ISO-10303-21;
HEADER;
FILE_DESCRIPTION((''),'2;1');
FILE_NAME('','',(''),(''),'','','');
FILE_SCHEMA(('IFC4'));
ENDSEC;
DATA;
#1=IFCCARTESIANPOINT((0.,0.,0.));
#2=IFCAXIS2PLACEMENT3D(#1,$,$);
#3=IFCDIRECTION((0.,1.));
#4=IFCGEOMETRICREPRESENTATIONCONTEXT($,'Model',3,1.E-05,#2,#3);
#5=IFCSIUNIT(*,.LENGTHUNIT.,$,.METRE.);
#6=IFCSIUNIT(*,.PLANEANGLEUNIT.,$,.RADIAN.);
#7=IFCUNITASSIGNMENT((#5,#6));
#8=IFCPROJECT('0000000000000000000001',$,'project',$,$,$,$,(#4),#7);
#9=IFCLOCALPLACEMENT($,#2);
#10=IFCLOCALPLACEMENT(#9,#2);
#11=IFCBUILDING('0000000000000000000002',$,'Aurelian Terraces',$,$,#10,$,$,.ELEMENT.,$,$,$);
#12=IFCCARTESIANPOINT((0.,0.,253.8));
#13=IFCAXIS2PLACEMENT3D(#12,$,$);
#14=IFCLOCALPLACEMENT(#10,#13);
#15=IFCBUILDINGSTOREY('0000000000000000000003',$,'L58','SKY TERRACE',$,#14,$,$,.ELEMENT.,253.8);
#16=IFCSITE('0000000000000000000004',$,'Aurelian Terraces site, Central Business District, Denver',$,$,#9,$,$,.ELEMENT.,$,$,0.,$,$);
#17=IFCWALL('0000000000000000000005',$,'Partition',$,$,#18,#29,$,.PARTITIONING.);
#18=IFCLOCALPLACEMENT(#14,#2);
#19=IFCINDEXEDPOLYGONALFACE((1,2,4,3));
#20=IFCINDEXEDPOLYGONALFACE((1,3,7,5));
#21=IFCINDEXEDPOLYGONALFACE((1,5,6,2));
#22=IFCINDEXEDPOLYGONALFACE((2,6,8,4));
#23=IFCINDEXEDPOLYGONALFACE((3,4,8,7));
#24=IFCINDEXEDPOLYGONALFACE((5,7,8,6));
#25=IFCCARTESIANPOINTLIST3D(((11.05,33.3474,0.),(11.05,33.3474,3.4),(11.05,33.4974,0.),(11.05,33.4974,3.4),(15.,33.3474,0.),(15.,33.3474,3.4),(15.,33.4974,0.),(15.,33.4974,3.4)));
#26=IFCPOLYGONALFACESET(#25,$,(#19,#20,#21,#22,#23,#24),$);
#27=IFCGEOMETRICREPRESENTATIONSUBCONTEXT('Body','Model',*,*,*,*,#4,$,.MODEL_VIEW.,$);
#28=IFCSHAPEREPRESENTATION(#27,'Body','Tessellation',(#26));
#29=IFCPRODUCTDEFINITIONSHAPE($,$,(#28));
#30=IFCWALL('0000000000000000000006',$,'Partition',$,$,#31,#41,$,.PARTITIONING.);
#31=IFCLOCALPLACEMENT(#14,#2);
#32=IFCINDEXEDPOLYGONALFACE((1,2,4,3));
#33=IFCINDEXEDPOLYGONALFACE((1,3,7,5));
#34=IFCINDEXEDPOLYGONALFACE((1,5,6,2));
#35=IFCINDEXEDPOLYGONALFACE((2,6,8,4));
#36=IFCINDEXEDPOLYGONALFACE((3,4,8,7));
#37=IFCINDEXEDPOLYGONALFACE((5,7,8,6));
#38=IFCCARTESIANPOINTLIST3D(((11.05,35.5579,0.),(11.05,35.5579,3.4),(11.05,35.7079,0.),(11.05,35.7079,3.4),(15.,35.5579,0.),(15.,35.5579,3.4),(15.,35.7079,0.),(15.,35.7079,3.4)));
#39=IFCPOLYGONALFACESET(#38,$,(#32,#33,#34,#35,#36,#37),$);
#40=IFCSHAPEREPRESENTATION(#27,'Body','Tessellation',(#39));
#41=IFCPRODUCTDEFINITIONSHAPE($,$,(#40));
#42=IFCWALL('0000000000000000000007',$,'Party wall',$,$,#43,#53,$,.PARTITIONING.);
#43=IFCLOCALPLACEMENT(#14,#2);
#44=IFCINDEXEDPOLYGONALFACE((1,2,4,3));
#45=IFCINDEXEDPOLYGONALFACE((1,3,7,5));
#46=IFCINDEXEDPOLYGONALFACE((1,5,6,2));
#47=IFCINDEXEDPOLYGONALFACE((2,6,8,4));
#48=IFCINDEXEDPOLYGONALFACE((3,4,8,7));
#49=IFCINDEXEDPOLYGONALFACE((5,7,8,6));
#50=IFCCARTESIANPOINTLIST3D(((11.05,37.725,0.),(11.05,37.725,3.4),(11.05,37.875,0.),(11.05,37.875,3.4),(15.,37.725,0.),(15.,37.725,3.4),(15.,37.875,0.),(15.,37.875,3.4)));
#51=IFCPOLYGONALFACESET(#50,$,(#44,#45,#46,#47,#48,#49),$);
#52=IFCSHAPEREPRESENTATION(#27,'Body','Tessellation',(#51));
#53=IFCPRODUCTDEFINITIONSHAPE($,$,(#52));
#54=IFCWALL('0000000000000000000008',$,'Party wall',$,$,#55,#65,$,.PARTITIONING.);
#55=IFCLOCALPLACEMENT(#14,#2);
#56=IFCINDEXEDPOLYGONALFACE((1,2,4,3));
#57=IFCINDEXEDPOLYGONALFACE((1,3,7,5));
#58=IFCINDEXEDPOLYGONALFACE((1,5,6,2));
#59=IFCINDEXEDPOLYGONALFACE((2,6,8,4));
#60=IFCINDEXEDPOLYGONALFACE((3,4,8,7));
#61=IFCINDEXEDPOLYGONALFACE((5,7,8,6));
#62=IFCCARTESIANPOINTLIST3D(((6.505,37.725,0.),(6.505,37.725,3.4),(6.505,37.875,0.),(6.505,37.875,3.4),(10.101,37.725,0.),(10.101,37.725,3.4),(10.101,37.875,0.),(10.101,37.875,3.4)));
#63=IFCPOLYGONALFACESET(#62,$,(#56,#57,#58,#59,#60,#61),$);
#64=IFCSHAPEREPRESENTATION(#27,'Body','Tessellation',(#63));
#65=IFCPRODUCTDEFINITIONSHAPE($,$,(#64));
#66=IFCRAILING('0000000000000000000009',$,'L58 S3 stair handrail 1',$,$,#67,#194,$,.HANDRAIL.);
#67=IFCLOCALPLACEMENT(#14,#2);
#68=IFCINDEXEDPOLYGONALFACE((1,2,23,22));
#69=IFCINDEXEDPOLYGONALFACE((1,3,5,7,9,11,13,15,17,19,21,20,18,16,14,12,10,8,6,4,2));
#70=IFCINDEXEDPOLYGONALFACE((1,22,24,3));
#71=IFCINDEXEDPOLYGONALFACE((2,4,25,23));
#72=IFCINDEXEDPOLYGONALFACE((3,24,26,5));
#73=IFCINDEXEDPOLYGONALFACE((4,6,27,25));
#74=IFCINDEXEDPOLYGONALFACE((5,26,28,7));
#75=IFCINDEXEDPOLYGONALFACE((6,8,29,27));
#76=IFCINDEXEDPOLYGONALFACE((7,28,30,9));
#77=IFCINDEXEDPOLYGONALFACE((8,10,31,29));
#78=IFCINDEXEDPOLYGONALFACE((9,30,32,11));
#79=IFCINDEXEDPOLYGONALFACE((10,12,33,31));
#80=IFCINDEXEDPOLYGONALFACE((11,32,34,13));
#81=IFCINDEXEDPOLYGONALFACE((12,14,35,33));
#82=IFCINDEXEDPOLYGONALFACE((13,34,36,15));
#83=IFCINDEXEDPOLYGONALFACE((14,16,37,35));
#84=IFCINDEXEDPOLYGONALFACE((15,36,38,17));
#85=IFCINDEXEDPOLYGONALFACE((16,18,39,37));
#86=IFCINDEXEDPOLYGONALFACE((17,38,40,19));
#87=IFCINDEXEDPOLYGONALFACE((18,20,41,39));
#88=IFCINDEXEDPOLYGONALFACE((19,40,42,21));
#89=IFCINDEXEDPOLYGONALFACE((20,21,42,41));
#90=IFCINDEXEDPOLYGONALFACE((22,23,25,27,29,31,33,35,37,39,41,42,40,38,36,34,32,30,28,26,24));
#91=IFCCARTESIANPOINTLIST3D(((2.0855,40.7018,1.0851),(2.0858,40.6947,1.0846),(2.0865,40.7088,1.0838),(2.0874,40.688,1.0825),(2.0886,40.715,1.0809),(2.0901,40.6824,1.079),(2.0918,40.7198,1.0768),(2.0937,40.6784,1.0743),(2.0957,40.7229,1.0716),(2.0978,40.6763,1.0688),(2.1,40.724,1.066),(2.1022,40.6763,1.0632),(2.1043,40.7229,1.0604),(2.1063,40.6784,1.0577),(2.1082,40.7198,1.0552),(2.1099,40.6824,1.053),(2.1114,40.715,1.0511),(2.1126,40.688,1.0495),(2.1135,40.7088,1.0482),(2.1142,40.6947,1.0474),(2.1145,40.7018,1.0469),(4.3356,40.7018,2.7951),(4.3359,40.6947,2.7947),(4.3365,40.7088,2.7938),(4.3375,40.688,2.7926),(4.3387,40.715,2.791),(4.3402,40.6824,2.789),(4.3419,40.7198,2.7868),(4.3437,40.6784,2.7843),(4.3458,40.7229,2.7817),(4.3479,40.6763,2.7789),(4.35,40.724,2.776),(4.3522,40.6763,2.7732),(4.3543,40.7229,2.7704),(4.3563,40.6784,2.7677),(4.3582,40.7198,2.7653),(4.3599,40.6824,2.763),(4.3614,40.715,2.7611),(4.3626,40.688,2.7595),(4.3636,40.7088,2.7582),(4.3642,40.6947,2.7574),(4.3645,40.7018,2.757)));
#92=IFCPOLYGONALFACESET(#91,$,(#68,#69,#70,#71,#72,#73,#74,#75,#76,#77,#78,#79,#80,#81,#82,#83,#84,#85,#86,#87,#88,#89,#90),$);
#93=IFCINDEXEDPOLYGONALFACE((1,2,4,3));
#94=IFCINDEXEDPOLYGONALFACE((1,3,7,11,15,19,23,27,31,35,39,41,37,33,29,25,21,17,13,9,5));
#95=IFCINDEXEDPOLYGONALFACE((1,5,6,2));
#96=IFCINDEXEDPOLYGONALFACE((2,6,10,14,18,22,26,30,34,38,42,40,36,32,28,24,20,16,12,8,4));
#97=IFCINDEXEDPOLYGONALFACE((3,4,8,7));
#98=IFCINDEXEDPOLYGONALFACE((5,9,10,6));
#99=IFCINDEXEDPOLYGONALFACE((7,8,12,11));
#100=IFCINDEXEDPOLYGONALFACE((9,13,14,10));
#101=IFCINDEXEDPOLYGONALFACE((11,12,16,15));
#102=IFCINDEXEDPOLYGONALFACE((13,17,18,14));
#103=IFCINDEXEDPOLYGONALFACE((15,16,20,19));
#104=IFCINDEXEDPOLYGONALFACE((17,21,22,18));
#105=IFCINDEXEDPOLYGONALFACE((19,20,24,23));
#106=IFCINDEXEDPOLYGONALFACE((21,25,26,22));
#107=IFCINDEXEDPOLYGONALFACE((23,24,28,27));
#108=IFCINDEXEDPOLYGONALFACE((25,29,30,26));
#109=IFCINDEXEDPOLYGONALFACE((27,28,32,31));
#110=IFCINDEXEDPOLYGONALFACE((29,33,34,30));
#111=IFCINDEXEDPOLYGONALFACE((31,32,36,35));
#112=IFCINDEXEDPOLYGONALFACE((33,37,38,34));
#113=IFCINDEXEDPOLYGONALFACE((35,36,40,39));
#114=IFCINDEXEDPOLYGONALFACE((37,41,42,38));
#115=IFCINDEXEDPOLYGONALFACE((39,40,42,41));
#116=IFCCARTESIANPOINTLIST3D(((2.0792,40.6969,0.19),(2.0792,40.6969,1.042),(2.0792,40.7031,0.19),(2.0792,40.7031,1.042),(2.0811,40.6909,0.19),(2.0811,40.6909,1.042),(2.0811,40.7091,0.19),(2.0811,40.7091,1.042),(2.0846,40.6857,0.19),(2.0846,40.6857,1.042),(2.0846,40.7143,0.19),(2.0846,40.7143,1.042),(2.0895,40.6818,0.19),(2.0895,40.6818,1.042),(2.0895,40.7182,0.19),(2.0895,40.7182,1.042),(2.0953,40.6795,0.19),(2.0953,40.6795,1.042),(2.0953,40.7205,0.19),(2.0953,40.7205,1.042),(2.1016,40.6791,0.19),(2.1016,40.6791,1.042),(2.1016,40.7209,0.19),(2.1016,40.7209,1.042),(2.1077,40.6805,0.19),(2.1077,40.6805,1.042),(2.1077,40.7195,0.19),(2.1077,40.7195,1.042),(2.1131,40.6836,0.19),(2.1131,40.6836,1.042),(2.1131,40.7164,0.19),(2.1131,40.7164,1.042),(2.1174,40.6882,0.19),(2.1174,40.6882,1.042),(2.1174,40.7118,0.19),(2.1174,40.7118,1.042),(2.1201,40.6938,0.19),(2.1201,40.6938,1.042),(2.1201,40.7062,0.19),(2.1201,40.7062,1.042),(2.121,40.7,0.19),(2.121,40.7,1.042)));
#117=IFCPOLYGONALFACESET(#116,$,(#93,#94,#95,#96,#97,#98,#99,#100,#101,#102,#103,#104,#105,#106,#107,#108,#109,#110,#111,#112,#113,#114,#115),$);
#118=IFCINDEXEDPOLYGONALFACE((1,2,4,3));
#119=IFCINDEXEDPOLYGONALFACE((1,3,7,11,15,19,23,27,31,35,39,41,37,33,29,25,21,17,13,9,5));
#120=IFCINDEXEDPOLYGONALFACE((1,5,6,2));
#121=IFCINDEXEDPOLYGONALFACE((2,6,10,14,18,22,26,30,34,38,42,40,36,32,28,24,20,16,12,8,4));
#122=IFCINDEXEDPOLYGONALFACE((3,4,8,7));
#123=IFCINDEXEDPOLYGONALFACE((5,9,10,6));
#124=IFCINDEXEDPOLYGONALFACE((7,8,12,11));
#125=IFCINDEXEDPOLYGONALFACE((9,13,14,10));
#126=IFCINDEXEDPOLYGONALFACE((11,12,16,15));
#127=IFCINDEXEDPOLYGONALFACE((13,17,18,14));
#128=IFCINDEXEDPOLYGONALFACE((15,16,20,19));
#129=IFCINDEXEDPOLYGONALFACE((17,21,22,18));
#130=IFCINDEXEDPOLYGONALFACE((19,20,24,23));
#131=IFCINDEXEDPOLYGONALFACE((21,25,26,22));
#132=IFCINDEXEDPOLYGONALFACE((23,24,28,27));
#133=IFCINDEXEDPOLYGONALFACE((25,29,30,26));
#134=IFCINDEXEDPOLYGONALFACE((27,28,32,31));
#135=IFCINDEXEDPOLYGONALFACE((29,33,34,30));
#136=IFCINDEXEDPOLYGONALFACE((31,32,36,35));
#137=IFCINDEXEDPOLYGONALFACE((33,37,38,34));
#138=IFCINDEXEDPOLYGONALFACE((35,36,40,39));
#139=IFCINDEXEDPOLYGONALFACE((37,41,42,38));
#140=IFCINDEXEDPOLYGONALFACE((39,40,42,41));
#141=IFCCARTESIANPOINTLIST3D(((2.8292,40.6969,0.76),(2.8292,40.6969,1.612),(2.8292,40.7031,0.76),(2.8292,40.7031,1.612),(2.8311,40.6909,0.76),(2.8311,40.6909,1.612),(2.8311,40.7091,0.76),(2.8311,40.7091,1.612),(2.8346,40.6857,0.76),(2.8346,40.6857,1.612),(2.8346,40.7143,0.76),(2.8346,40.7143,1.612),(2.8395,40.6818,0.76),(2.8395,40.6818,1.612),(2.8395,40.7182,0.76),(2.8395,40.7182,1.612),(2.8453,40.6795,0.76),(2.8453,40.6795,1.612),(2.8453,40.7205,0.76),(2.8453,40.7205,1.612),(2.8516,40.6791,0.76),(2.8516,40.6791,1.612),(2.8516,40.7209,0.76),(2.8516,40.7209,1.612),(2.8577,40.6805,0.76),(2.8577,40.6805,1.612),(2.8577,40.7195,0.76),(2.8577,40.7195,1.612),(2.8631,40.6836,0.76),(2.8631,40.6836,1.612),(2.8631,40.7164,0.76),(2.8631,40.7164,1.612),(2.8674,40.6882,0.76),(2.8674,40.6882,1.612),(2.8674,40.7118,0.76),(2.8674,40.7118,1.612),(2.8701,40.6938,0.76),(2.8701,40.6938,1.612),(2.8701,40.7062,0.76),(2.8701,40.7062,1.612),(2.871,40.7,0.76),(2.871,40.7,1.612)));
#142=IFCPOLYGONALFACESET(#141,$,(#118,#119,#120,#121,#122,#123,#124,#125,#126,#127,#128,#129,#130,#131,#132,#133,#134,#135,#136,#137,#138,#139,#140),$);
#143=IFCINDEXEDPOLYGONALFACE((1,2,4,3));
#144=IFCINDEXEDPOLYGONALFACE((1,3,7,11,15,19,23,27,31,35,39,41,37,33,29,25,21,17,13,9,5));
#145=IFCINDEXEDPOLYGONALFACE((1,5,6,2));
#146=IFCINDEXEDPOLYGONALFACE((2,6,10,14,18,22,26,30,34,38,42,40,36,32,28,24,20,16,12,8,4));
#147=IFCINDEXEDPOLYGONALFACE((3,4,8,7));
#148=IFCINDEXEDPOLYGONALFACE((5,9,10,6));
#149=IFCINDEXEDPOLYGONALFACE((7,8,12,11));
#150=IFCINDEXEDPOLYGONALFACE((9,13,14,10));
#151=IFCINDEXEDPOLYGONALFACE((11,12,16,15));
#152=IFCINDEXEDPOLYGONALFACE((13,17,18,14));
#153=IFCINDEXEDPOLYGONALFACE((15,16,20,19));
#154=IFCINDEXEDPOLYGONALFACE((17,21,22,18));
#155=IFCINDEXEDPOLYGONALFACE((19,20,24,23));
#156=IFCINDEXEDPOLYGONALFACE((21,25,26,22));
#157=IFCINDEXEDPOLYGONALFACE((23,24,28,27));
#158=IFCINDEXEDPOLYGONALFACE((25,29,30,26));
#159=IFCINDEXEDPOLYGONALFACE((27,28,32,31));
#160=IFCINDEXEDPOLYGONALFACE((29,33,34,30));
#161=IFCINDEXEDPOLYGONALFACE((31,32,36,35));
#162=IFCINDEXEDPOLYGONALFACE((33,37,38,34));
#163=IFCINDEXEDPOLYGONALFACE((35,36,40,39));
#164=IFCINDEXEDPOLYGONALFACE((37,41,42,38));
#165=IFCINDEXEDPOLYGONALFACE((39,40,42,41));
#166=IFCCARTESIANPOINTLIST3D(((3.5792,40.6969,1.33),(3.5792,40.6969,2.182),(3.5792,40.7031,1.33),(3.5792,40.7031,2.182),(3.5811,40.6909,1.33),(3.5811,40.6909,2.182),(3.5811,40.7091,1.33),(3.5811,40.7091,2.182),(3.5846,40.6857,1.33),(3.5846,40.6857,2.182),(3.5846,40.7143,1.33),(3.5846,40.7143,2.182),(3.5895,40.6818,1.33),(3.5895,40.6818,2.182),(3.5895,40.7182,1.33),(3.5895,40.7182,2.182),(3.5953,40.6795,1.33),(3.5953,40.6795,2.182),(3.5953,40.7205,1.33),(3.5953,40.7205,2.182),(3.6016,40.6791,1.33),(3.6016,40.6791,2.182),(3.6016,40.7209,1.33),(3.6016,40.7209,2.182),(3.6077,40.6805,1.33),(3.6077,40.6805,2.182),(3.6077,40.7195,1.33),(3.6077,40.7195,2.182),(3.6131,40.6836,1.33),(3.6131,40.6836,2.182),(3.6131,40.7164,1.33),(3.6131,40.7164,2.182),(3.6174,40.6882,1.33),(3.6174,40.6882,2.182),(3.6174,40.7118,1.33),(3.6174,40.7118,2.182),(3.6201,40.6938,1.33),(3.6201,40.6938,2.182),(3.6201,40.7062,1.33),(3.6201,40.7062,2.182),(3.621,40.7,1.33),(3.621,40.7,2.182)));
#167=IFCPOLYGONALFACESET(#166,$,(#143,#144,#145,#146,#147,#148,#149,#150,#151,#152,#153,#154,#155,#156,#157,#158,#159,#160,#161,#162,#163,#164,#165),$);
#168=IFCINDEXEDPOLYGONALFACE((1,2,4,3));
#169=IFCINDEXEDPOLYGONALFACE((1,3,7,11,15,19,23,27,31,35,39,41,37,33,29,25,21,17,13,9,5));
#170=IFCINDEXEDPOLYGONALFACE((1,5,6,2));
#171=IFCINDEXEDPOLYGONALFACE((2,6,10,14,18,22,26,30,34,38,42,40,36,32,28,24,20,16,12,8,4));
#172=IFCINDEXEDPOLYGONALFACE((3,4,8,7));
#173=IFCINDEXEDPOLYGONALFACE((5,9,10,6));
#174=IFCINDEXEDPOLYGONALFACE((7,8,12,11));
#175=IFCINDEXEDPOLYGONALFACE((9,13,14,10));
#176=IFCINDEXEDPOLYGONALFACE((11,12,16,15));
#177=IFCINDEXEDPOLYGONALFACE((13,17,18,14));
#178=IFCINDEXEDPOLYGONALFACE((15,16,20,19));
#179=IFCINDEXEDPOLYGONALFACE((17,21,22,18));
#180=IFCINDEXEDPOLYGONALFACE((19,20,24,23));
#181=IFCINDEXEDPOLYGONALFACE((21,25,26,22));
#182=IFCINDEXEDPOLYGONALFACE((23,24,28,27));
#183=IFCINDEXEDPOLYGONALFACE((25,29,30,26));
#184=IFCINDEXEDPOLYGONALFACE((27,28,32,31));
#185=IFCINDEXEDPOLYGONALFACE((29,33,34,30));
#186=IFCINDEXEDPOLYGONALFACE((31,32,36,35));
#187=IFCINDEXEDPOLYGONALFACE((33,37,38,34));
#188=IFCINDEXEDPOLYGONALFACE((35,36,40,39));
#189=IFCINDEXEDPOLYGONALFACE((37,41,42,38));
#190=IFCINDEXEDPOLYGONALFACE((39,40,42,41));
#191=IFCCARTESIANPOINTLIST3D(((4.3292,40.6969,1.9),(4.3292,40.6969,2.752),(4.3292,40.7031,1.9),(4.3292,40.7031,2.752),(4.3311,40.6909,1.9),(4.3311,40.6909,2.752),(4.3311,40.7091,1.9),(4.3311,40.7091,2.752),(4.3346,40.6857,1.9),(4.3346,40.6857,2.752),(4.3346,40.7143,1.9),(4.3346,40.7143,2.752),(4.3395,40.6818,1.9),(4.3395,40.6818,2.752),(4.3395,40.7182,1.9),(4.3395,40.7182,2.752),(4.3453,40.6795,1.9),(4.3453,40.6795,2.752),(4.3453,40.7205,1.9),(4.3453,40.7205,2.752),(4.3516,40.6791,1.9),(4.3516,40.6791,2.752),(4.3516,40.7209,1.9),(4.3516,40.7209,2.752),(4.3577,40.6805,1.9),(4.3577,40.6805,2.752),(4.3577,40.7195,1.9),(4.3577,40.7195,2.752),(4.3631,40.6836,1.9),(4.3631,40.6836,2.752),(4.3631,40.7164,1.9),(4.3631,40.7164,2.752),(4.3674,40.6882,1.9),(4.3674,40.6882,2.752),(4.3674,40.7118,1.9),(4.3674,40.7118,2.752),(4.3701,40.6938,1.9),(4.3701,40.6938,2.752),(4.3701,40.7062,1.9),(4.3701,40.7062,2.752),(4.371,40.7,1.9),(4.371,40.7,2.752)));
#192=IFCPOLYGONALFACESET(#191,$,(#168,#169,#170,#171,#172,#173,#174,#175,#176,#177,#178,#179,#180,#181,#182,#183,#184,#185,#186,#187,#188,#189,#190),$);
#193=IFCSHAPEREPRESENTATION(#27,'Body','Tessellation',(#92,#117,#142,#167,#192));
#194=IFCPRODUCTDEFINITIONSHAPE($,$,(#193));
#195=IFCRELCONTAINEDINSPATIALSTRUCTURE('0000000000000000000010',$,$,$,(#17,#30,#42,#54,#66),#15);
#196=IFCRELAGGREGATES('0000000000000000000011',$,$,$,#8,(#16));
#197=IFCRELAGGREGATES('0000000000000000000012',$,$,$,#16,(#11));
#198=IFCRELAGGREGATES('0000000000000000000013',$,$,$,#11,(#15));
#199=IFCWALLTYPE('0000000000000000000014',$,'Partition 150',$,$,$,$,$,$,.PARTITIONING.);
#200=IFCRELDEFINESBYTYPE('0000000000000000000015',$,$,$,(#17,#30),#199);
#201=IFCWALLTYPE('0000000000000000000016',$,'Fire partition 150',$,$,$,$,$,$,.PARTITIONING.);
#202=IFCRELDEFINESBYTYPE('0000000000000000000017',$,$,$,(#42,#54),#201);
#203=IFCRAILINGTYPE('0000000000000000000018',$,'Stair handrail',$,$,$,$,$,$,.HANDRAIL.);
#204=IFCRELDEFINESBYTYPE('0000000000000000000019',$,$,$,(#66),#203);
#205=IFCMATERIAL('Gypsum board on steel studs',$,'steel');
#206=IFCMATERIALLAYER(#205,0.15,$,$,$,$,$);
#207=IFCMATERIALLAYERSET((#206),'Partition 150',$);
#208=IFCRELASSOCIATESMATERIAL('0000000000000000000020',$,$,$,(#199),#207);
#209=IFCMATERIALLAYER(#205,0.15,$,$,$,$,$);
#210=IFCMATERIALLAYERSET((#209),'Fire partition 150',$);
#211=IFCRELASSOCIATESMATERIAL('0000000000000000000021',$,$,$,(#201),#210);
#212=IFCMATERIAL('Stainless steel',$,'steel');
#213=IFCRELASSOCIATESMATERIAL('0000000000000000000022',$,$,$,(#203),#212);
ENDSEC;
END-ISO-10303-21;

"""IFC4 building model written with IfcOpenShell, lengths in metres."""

from ifc_helpers import new_model, si_unit, direction, frame, frame_2d, origin, origin_2d, place, context, subcontext, project, spatial, rectangle, circle, extrude, source, transform, mapped, material, layer, layer_set, type_object, element, save


model = new_model("IFC4")

# Units and contexts
model_context = context("Model", 3, precision=1e-05, world=origin(), true_north=direction((0.0, 1.0)))
body_context = subcontext(model_context, "Body", "Model", "MODEL_VIEW")
ifc_project = project(units=[si_unit("LENGTHUNIT", "METRE"), si_unit("PLANEANGLEUNIT", "RADIAN")], contexts=[model_context])

# Site, building, storey
site_placement = place(None, origin())
site = spatial("IfcSite", under=ifc_project, at=site_placement, Name="Aurelian Terraces site, Central Business District, Denver", CompositionType="ELEMENT", RefElevation=0.0)
building_placement = place(site_placement, origin())
building = spatial("IfcBuilding", under=site, at=building_placement, Name="Aurelian Terraces", CompositionType="ELEMENT")
storey_placement = place(building_placement, frame((0.0, 0.0, 253.8)))
storey = spatial("IfcBuildingStorey", under=building, at=storey_placement, Name="L58", Description="SKY TERRACE", CompositionType="ELEMENT", Elevation=253.8)

# Shared definitions
ifc_material_1 = material(Name="Gypsum board on steel studs", Category="steel")

# Walls
ifc_layer_1 = layer(ifc_material_1, 0.15)
ifc_layer_set_1 = layer_set([ifc_layer_1], Name="Partition 150")
wall_type_1 = type_object("IfcWallType", Name="Partition 150", PredefinedType="PARTITIONING", material=ifc_layer_set_1)
shared_shape_1 = source(origin(), body_context, "Body", "SweptSolid", [
    extrude(rectangle(XDim=3.95, YDim=0.15, at=frame_2d((1.975, 0.0))), origin(), (0.0, 0.0, 1.0), 3.4),
])
for number, where, z_axis, x_axis, name in (
    (1, (15.0, 33.4224, 0.0), (0.0, 0.0, 1.0), (-1.0, 0.0, 0.0), "Partition"),
    (2, (15.0, 35.6329, 0.0), (0.0, 0.0, 1.0), (-1.0, 0.0, 0.0), "Partition"),
):
    element("IfcWall", number, at=place(storey_placement, frame(where, z_axis=z_axis, x_axis=x_axis)), inside=storey, type_object=wall_type_1, Name=name, PredefinedType="PARTITIONING", context=body_context, shape_type="MappedRepresentation", body=[
        mapped(shared_shape_1, transform((0.0, 0.0, 0.0), scale=1.0)),
    ])
ifc_layer_2 = layer(ifc_material_1, 0.15)
ifc_layer_set_2 = layer_set([ifc_layer_2], Name="Fire partition 150")
wall_type_2 = type_object("IfcWallType", Name="Fire partition 150", PredefinedType="PARTITIONING", material=ifc_layer_set_2)
wall_1_placement = place(storey_placement, frame((15.0, 37.8, 0.0), z_axis=(0.0, 0.0, 1.0), x_axis=(-1.0, 0.0, 0.0)))
element("IfcWall", 3, at=wall_1_placement, inside=storey, type_object=wall_type_2, Name="Party wall", PredefinedType="PARTITIONING", context=body_context, shape_type="MappedRepresentation", body=[
    mapped(shared_shape_1, transform((0.0, 0.0, 0.0), scale=1.0)),
])
shared_shape_2 = source(origin(), body_context, "Body", "SweptSolid", [
    extrude(rectangle(XDim=3.596, YDim=0.15, at=frame_2d((1.798, 0.0))), origin(), (0.0, 0.0, 1.0), 3.4),
])
wall_2_placement = place(storey_placement, frame((10.101, 37.8, 0.0), z_axis=(0.0, 0.0, 1.0), x_axis=(-1.0, 0.0, 0.0)))
element("IfcWall", 4, at=wall_2_placement, inside=storey, type_object=wall_type_2, Name="Party wall", PredefinedType="PARTITIONING", context=body_context, shape_type="MappedRepresentation", body=[
    mapped(shared_shape_2, transform((0.0, 0.0, 0.0), scale=1.0)),
])

# Railing
ifc_material_2 = material(Name="Stainless steel", Category="steel")
railing_type = type_object("IfcRailingType", Name="Stair handrail", PredefinedType="HANDRAIL", material=ifc_material_2)
shared_shape_3 = source(origin(), body_context, "Body", "SweptSolid", [
    extrude(circle(Radius=0.024, at=origin_2d()), frame((0.0, 0.0, 0.876), z_axis=(0.796162, 0.0, 0.605083), x_axis=(0.0, 1.0, 0.0)), (0.0, 0.0, 1.0), 2.8261),
    extrude(circle(Radius=0.021, at=origin_2d()), origin(), (0.0, 0.0, 1.0), 0.852),
    extrude(circle(Radius=0.021, at=origin_2d()), frame((0.75, 0.0, 0.57)), (0.0, 0.0, 1.0), 0.852),
    extrude(circle(Radius=0.021, at=origin_2d()), frame((1.5, 0.0, 1.14)), (0.0, 0.0, 1.0), 0.852),
    extrude(circle(Radius=0.021, at=origin_2d()), frame((2.25, 0.0, 1.71)), (0.0, 0.0, 1.0), 0.852),
])
railing_placement = place(storey_placement, frame((2.1, 40.7, 0.19)))
element("IfcRailing", 5, at=railing_placement, inside=storey, type_object=railing_type, Name="L58 S3 stair handrail 1", PredefinedType="HANDRAIL", context=body_context, shape_type="MappedRepresentation", body=[
    mapped(shared_shape_3, transform((0.0, 0.0, 0.0), scale=1.0)),
])

save(model, "model.ifc")
